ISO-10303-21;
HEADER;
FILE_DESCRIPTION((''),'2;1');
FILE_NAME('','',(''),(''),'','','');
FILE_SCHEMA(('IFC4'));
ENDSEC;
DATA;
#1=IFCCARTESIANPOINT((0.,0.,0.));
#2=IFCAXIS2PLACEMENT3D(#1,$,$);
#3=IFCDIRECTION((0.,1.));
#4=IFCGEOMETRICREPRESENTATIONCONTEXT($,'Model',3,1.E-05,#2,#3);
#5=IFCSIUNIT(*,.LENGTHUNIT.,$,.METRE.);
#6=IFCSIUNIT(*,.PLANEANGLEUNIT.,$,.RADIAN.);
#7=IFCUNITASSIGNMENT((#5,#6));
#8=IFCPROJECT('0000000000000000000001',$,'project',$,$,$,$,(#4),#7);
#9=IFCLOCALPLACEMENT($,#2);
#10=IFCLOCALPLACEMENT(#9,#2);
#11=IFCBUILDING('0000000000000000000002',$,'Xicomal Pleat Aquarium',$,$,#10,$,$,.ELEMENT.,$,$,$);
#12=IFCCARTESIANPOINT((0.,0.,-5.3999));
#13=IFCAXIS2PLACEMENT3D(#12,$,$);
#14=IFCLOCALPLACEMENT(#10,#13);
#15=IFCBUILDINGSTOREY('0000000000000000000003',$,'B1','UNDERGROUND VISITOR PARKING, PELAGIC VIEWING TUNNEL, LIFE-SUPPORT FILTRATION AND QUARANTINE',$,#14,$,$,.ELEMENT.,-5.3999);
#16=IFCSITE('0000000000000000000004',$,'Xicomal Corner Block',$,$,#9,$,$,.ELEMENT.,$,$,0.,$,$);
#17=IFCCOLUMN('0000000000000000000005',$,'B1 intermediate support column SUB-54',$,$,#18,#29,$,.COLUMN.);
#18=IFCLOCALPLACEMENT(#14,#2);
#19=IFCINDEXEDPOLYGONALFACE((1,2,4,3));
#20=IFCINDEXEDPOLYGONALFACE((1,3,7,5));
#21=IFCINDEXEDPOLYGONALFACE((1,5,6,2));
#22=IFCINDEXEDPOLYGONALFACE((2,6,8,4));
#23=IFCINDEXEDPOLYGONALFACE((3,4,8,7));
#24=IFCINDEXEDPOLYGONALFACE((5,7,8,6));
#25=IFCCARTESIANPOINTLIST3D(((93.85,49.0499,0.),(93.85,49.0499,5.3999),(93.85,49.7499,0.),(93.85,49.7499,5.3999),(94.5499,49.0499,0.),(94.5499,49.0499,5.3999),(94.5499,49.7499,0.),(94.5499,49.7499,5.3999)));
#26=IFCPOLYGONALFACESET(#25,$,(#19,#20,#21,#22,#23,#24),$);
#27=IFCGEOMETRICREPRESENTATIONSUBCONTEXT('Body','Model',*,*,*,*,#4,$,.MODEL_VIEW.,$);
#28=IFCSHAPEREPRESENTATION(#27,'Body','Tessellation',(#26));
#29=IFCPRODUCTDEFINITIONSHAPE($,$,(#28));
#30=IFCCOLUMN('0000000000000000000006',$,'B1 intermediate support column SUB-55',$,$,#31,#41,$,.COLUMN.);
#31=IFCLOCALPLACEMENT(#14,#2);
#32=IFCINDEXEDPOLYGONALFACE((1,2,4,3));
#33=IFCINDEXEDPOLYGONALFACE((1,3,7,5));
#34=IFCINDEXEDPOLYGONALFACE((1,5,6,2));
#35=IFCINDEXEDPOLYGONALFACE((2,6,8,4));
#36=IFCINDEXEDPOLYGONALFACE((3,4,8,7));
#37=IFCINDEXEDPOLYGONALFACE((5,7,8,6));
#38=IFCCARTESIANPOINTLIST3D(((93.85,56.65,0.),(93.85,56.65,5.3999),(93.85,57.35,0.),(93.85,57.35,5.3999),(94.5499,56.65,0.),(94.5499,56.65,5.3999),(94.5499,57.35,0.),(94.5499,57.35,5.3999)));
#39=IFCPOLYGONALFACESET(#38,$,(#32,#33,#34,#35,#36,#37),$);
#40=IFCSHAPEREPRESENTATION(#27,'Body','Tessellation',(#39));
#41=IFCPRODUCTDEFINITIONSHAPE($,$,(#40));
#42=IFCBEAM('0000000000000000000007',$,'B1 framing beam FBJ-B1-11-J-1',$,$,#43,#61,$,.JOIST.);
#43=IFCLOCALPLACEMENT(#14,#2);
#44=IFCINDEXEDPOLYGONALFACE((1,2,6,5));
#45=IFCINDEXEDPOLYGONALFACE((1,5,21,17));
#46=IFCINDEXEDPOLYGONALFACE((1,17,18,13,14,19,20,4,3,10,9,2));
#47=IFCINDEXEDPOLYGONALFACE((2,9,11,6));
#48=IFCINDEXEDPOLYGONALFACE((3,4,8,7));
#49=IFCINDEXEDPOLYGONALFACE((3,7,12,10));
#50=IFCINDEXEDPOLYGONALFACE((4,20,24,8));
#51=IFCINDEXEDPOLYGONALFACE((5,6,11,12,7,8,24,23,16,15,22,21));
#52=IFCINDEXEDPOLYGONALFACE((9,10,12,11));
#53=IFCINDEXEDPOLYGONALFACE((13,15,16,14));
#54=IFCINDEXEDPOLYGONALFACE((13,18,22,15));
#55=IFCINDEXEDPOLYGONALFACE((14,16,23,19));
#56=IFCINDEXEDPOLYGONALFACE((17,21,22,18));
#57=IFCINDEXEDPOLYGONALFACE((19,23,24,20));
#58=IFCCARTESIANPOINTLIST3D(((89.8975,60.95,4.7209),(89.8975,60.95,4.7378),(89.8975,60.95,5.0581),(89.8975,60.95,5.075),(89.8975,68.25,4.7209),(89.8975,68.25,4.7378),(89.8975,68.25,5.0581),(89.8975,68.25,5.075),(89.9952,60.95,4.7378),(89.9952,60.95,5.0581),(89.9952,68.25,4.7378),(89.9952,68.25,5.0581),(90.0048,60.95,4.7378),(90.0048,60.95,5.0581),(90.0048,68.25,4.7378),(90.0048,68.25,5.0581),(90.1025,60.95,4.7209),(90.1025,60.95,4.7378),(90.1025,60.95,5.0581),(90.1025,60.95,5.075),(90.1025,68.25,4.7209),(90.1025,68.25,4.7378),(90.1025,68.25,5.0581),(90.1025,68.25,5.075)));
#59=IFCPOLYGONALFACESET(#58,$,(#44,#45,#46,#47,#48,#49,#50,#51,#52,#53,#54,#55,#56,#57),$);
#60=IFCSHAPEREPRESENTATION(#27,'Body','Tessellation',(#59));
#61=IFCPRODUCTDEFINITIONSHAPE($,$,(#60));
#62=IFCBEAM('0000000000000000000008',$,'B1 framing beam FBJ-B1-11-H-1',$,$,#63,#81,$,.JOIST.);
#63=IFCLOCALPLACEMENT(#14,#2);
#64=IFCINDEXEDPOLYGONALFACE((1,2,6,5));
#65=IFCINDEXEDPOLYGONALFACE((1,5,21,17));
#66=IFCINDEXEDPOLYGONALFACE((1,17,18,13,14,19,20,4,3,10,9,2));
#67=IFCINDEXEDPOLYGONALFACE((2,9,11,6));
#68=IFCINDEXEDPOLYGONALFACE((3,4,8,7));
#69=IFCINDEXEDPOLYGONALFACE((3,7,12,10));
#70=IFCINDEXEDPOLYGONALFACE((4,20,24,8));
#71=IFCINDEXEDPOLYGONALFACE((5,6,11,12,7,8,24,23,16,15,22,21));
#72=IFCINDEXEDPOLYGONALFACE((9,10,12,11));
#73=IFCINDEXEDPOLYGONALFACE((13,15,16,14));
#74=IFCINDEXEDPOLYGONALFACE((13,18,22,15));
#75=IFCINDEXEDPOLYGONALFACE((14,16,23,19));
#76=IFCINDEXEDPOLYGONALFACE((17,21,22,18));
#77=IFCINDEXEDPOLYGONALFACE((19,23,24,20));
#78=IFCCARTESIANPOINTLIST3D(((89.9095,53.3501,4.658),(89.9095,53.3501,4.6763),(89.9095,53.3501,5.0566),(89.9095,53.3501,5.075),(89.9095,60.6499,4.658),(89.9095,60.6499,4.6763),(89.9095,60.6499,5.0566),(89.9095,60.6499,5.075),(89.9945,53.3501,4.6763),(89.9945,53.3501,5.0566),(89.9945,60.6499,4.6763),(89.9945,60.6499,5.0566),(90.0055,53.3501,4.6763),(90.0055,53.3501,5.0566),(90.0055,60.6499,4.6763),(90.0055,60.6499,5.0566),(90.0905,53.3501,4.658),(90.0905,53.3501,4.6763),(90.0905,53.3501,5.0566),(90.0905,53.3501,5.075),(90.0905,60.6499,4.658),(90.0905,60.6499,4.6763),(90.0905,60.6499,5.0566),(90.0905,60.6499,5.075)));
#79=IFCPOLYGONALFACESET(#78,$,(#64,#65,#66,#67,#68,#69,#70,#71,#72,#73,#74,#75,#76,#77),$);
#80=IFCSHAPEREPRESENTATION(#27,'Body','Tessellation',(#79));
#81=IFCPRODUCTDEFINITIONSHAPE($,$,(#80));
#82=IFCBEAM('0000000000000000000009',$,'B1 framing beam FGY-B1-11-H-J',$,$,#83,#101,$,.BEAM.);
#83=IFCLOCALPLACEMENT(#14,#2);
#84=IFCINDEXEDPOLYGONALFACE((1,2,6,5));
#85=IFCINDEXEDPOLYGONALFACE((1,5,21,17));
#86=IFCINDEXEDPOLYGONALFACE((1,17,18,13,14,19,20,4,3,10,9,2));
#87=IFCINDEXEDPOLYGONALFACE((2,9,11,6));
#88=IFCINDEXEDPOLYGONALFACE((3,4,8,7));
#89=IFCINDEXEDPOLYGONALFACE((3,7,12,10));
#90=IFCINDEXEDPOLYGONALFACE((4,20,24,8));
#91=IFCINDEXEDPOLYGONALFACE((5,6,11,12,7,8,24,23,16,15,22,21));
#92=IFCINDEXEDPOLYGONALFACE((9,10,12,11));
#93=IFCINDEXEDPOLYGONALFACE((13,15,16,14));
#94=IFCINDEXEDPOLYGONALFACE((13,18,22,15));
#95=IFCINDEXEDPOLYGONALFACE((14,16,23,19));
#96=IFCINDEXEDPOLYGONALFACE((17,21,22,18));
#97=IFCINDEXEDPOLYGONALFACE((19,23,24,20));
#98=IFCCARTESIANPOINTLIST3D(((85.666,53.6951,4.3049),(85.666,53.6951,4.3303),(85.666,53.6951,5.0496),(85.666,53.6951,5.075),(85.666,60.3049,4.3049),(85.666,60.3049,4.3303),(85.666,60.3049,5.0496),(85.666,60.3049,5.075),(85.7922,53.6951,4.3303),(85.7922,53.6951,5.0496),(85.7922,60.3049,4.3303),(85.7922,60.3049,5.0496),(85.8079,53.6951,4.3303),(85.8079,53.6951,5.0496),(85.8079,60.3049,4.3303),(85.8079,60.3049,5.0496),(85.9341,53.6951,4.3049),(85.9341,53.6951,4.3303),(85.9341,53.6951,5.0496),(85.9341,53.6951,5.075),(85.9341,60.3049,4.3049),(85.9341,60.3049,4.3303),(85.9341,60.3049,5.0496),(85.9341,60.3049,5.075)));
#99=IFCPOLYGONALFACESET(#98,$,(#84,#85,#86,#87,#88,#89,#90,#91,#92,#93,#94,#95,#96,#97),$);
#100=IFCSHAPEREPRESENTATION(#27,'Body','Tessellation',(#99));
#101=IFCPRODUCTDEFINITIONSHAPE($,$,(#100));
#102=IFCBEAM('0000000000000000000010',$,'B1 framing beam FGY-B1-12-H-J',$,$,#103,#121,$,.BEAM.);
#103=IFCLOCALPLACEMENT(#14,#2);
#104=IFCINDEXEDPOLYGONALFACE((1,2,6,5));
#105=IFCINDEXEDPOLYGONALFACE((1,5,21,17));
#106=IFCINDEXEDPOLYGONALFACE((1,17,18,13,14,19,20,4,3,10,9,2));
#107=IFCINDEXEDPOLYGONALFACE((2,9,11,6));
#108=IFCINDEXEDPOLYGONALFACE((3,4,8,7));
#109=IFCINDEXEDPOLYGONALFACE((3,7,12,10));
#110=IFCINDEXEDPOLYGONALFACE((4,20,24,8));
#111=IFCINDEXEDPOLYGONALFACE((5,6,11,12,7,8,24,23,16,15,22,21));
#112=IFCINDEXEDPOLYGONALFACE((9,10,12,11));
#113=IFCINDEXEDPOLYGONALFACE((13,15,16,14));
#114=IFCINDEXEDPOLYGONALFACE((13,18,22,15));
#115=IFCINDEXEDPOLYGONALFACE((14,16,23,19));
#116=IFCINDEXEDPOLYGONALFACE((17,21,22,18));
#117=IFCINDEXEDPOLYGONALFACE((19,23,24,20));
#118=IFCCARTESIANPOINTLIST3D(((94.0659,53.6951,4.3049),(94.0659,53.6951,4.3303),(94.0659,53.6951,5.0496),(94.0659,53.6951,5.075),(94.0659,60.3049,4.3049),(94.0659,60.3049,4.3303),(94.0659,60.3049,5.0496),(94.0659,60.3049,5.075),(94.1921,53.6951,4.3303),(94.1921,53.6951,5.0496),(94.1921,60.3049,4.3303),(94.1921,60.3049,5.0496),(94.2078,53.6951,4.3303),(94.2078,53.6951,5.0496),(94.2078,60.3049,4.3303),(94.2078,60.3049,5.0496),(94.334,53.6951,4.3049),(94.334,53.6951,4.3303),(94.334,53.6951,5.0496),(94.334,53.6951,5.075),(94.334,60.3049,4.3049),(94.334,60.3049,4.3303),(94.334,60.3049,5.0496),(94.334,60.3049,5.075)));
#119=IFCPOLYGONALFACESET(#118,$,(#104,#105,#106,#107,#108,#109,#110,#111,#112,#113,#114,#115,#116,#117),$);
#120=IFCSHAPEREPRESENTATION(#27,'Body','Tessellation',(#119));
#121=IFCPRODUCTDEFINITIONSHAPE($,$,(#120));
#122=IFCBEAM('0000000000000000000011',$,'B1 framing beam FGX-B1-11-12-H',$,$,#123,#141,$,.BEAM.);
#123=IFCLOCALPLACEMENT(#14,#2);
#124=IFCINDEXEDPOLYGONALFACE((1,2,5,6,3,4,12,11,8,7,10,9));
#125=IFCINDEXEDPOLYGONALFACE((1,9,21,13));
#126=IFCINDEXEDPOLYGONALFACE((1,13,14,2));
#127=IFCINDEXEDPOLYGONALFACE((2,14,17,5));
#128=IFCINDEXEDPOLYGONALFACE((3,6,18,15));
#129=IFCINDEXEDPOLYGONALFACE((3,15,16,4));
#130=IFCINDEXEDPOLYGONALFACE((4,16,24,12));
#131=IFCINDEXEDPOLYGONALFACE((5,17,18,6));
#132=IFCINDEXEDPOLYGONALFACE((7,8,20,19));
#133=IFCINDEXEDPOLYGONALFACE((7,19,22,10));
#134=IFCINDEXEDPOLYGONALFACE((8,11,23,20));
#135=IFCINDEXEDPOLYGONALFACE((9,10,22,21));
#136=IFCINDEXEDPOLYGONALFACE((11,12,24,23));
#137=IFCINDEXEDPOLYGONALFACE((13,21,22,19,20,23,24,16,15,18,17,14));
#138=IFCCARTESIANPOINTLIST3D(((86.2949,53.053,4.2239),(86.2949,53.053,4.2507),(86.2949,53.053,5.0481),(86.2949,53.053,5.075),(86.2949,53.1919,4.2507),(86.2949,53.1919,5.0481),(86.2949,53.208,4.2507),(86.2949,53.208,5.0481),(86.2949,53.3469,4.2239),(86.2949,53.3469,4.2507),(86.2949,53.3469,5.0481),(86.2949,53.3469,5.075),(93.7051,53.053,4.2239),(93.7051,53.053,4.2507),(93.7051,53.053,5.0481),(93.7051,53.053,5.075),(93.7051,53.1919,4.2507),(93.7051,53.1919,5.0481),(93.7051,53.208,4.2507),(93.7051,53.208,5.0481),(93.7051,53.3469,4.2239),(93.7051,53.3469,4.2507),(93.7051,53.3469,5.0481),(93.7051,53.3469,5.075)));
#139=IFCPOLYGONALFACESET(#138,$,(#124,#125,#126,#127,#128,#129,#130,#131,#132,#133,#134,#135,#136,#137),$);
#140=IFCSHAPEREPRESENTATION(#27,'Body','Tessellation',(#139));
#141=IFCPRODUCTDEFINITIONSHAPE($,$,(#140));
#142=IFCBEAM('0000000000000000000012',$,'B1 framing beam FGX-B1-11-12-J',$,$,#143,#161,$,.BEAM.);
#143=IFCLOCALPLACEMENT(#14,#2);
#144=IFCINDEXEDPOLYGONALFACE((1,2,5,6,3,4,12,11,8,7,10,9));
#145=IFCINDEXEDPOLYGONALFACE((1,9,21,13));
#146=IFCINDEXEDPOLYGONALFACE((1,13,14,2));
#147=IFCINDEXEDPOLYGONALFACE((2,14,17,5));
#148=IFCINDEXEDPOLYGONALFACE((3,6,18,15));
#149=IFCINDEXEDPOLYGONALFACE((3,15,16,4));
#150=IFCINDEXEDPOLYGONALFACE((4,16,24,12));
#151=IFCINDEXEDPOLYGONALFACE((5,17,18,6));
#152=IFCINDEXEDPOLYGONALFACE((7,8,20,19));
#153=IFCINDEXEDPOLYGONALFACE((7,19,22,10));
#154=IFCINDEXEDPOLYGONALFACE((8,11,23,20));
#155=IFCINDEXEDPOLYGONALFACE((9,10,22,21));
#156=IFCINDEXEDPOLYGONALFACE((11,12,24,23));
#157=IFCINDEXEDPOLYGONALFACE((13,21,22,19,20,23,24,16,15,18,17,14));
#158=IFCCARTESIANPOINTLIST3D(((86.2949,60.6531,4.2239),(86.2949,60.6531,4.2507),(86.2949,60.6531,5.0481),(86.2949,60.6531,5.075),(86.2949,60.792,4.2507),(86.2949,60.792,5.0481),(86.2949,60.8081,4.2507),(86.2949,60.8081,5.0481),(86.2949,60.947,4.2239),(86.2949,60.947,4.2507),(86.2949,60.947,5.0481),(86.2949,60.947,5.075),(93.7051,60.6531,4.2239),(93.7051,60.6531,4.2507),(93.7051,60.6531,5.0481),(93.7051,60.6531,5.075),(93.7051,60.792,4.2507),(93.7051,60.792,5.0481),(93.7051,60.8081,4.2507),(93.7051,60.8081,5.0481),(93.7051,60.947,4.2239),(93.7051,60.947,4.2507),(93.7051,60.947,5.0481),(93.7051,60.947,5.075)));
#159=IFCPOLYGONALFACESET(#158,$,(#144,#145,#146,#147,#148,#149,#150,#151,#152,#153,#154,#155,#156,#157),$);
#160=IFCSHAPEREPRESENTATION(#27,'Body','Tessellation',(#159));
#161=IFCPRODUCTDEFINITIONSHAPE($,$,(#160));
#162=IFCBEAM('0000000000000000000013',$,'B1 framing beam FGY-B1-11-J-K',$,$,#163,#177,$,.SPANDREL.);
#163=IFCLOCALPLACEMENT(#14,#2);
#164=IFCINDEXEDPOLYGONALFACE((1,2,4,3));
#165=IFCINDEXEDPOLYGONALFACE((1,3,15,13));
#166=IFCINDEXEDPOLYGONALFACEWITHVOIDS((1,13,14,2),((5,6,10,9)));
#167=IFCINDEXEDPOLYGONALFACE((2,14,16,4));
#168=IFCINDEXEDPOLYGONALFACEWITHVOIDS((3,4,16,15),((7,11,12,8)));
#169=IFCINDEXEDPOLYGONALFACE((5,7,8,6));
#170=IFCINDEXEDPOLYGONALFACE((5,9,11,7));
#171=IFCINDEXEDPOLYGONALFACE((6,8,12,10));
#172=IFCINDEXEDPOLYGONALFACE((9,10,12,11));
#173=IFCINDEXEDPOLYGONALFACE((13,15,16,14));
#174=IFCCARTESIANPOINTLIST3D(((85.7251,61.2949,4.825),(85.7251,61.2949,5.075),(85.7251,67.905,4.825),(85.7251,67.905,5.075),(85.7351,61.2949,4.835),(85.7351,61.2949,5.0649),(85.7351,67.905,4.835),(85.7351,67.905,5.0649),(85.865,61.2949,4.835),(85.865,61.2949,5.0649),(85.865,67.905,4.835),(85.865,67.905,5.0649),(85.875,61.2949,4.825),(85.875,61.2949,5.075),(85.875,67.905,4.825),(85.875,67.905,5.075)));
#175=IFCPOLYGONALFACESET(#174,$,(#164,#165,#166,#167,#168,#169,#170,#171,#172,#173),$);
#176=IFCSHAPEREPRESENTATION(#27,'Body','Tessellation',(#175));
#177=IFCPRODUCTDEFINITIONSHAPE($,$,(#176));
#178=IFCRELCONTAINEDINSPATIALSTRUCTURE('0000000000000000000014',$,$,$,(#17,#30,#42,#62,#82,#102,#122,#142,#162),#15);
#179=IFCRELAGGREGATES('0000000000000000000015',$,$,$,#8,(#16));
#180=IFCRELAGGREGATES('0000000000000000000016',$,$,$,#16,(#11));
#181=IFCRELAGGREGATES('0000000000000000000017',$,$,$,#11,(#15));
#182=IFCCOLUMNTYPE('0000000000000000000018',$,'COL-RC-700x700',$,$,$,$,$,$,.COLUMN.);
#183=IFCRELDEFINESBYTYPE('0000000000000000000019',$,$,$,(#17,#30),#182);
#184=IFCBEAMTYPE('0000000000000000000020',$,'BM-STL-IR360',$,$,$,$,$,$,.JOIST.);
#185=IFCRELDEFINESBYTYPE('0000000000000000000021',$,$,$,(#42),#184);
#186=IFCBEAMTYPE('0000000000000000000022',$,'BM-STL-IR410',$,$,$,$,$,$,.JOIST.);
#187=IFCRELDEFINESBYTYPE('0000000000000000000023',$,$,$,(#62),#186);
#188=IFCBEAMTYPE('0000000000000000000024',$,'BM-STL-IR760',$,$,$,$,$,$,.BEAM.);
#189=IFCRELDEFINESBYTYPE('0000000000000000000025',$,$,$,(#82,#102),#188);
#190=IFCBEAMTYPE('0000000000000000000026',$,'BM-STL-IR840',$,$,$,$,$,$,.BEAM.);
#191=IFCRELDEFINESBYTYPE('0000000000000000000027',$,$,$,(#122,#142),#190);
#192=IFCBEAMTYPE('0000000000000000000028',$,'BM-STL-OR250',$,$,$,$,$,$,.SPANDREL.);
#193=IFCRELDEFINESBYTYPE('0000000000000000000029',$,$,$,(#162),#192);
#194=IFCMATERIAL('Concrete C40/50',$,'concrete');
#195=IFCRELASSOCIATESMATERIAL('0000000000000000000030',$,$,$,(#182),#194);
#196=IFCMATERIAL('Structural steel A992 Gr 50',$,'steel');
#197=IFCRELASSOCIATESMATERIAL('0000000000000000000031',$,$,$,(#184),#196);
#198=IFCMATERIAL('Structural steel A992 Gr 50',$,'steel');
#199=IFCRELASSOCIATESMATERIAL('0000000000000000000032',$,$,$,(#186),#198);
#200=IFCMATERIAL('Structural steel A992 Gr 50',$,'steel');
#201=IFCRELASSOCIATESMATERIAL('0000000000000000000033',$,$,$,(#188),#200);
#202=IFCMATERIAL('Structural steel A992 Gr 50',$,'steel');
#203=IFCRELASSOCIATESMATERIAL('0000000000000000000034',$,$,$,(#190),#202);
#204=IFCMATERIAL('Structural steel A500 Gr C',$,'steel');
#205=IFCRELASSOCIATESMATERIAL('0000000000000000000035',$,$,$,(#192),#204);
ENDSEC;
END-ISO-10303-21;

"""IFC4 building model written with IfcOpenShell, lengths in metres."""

from ifc_helpers import new_model, si_unit, direction, frame, origin, origin_2d, place, context, subcontext, project, spatial, rectangle, hollow_rectangle, i_section, extrude, material, material_profile, profile_set, type_object, element, save


model = new_model("IFC4")

# Units and contexts
model_context = context("Model", 3, precision=1e-05, world=origin(), true_north=direction((0.0, 1.0)))
body_context = subcontext(model_context, "Body", "Model", "MODEL_VIEW")
ifc_project = project(units=[si_unit("LENGTHUNIT", "METRE"), si_unit("PLANEANGLEUNIT", "RADIAN")], contexts=[model_context])

# Site, building, storey
site_placement = place(None, origin())
site = spatial("IfcSite", under=ifc_project, at=site_placement, Name="Xicomal Corner Block", CompositionType="ELEMENT", RefElevation=0.0)
building_placement = place(site_placement, origin())
building = spatial("IfcBuilding", under=site, at=building_placement, Name="Xicomal Pleat Aquarium", CompositionType="ELEMENT")
storey_placement = place(building_placement, frame((0.0, 0.0, -5.3999)))
storey = spatial("IfcBuildingStorey", under=building, at=storey_placement, Name="B1", Description="UNDERGROUND VISITOR PARKING, PELAGIC VIEWING TUNNEL, LIFE-SUPPORT FILTRATION AND QUARANTINE", CompositionType="ELEMENT", Elevation=-5.3999)

# Columns
ifc_material_1 = material(Name="Concrete C40/50", Category="concrete")
ifc_material_profile_1 = material_profile(ifc_material_1, rectangle(XDim=0.7, YDim=0.7, at=origin_2d()), Name="RC 700x700")
ifc_profile_set_1 = profile_set([ifc_material_profile_1], Name="Concrete C40/50")
column_type_1 = type_object("IfcColumnType", Name="COL-RC-700x700", PredefinedType="COLUMN", material=ifc_profile_set_1)
for number, where, z_axis, x_axis, name in (
    (1, (94.2, 49.3999, 0.0), (0.0, 0.0, 1.0), (1.0, 0.0, 0.0), "B1 intermediate support column SUB-54"),
    (2, (94.2, 57.0, 0.0), (0.0, 0.0, 1.0), (1.0, 0.0, 0.0), "B1 intermediate support column SUB-55"),
):
    element("IfcColumn", number, at=place(storey_placement, frame(where, z_axis=z_axis, x_axis=x_axis)), inside=storey, type_object=column_type_1, Name=name, PredefinedType="COLUMN", context=body_context, shape_type="SweptSolid", body=[
        extrude(rectangle(XDim=0.7, YDim=0.7, at=origin_2d()), origin(), (0.0, 0.0, 1.0), 5.3999),
    ])

# Beams
ifc_material_2 = material(Name="Structural steel A992 Gr 50", Category="steel")
ifc_material_profile_2 = material_profile(ifc_material_2, i_section(OverallWidth=0.2051, OverallDepth=0.354, WebThickness=0.0095, FlangeThickness=0.0168, at=origin_2d()), Name="IR 360x79")
ifc_profile_set_2 = profile_set([ifc_material_profile_2], Name="Structural steel A992 Gr 50")
beam_type_1 = type_object("IfcBeamType", Name="BM-STL-IR360", PredefinedType="JOIST", material=ifc_profile_set_2)
beam_1_placement = place(storey_placement, frame((90.0, 60.95, 4.8979), z_axis=(0.0, 1.0, 0.0), x_axis=(-1.0, 0.0, 0.0)))
element("IfcBeam", 3, at=beam_1_placement, inside=storey, type_object=beam_type_1, Name="B1 framing beam FBJ-B1-11-J-1", PredefinedType="JOIST", context=body_context, shape_type="SweptSolid", body=[
    extrude(i_section(OverallWidth=0.2051, OverallDepth=0.354, WebThickness=0.0095, FlangeThickness=0.0168, at=origin_2d()), origin(), (0.0, 0.0, 1.0), 7.3),
])
ifc_material_3 = material(Name="Structural steel A992 Gr 50", Category="steel")
ifc_material_profile_3 = material_profile(ifc_material_3, i_section(OverallWidth=0.1809, OverallDepth=0.417, WebThickness=0.011, FlangeThickness=0.0183, at=origin_2d()), Name="IR 410x85")
ifc_profile_set_3 = profile_set([ifc_material_profile_3], Name="Structural steel A992 Gr 50")
beam_type_2 = type_object("IfcBeamType", Name="BM-STL-IR410", PredefinedType="JOIST", material=ifc_profile_set_3)
beam_2_placement = place(storey_placement, frame((90.0, 53.3501, 4.8665), z_axis=(0.0, 1.0, 0.0), x_axis=(-1.0, 0.0, 0.0)))
element("IfcBeam", 4, at=beam_2_placement, inside=storey, type_object=beam_type_2, Name="B1 framing beam FBJ-B1-11-H-1", PredefinedType="JOIST", context=body_context, shape_type="SweptSolid", body=[
    extrude(i_section(OverallWidth=0.1809, OverallDepth=0.417, WebThickness=0.011, FlangeThickness=0.0183, at=origin_2d()), origin(), (0.0, 0.0, 1.0), 7.2998),
])
ifc_material_4 = material(Name="Structural steel A992 Gr 50", Category="steel")
ifc_material_profile_4 = material_profile(ifc_material_4, i_section(OverallWidth=0.2681, OverallDepth=0.77, WebThickness=0.0156, FlangeThickness=0.0254, at=origin_2d()), Name="IR 760x196")
ifc_profile_set_4 = profile_set([ifc_material_profile_4], Name="Structural steel A992 Gr 50")
beam_type_3 = type_object("IfcBeamType", Name="BM-STL-IR760", PredefinedType="BEAM", material=ifc_profile_set_4)
for number, where, z_axis, x_axis, name in (
    (5, (85.8, 53.6951, 4.6899), (0.0, 1.0, 0.0), (-1.0, 0.0, 0.0), "B1 framing beam FGY-B1-11-H-J"),
    (6, (94.2, 53.6951, 4.6899), (0.0, 1.0, 0.0), (-1.0, 0.0, 0.0), "B1 framing beam FGY-B1-12-H-J"),
):
    element("IfcBeam", number, at=place(storey_placement, frame(where, z_axis=z_axis, x_axis=x_axis)), inside=storey, type_object=beam_type_3, Name=name, PredefinedType="BEAM", context=body_context, shape_type="SweptSolid", body=[
        extrude(i_section(OverallWidth=0.2681, OverallDepth=0.77, WebThickness=0.0156, FlangeThickness=0.0254, at=origin_2d()), origin(), (0.0, 0.0, 1.0), 6.6099),
    ])
ifc_material_5 = material(Name="Structural steel A992 Gr 50", Category="steel")
ifc_material_profile_5 = material_profile(ifc_material_5, i_section(OverallWidth=0.2939, OverallDepth=0.8511, WebThickness=0.0161, FlangeThickness=0.0269, at=origin_2d()), Name="IR 840x226")
ifc_profile_set_5 = profile_set([ifc_material_profile_5], Name="Structural steel A992 Gr 50")
beam_type_4 = type_object("IfcBeamType", Name="BM-STL-IR840", PredefinedType="BEAM", material=ifc_profile_set_5)
for number, where, z_axis, x_axis, name in (
    (7, (86.2949, 53.2, 4.6494), (1.0, 0.0, 0.0), (0.0, 1.0, 0.0), "B1 framing beam FGX-B1-11-12-H"),
    (8, (86.2949, 60.8, 4.6494), (1.0, 0.0, 0.0), (0.0, 1.0, 0.0), "B1 framing beam FGX-B1-11-12-J"),
):
    element("IfcBeam", number, at=place(storey_placement, frame(where, z_axis=z_axis, x_axis=x_axis)), inside=storey, type_object=beam_type_4, Name=name, PredefinedType="BEAM", context=body_context, shape_type="SweptSolid", body=[
        extrude(i_section(OverallWidth=0.2939, OverallDepth=0.8511, WebThickness=0.0161, FlangeThickness=0.0269, at=origin_2d()), origin(), (0.0, 0.0, 1.0), 7.4102),
    ])
ifc_material_6 = material(Name="Structural steel A500 Gr C", Category="steel")
ifc_material_profile_6 = material_profile(ifc_material_6, hollow_rectangle(XDim=0.1499, YDim=0.25, WallThickness=0.01, at=origin_2d()), Name="OR 250x150x10")
ifc_profile_set_6 = profile_set([ifc_material_profile_6], Name="Structural steel A500 Gr C")
beam_type_5 = type_object("IfcBeamType", Name="BM-STL-OR250", PredefinedType="SPANDREL", material=ifc_profile_set_6)
beam_3_placement = place(storey_placement, frame((85.8, 61.2949, 4.95), z_axis=(0.0, 1.0, 0.0), x_axis=(-1.0, 0.0, 0.0)))
element("IfcBeam", 9, at=beam_3_placement, inside=storey, type_object=beam_type_5, Name="B1 framing beam FGY-B1-11-J-K", PredefinedType="SPANDREL", context=body_context, shape_type="SweptSolid", body=[
    extrude(hollow_rectangle(XDim=0.1499, YDim=0.25, WallThickness=0.01, at=origin_2d()), origin(), (0.0, 0.0, 1.0), 6.6101),
])

save(model, "model.ifc")
